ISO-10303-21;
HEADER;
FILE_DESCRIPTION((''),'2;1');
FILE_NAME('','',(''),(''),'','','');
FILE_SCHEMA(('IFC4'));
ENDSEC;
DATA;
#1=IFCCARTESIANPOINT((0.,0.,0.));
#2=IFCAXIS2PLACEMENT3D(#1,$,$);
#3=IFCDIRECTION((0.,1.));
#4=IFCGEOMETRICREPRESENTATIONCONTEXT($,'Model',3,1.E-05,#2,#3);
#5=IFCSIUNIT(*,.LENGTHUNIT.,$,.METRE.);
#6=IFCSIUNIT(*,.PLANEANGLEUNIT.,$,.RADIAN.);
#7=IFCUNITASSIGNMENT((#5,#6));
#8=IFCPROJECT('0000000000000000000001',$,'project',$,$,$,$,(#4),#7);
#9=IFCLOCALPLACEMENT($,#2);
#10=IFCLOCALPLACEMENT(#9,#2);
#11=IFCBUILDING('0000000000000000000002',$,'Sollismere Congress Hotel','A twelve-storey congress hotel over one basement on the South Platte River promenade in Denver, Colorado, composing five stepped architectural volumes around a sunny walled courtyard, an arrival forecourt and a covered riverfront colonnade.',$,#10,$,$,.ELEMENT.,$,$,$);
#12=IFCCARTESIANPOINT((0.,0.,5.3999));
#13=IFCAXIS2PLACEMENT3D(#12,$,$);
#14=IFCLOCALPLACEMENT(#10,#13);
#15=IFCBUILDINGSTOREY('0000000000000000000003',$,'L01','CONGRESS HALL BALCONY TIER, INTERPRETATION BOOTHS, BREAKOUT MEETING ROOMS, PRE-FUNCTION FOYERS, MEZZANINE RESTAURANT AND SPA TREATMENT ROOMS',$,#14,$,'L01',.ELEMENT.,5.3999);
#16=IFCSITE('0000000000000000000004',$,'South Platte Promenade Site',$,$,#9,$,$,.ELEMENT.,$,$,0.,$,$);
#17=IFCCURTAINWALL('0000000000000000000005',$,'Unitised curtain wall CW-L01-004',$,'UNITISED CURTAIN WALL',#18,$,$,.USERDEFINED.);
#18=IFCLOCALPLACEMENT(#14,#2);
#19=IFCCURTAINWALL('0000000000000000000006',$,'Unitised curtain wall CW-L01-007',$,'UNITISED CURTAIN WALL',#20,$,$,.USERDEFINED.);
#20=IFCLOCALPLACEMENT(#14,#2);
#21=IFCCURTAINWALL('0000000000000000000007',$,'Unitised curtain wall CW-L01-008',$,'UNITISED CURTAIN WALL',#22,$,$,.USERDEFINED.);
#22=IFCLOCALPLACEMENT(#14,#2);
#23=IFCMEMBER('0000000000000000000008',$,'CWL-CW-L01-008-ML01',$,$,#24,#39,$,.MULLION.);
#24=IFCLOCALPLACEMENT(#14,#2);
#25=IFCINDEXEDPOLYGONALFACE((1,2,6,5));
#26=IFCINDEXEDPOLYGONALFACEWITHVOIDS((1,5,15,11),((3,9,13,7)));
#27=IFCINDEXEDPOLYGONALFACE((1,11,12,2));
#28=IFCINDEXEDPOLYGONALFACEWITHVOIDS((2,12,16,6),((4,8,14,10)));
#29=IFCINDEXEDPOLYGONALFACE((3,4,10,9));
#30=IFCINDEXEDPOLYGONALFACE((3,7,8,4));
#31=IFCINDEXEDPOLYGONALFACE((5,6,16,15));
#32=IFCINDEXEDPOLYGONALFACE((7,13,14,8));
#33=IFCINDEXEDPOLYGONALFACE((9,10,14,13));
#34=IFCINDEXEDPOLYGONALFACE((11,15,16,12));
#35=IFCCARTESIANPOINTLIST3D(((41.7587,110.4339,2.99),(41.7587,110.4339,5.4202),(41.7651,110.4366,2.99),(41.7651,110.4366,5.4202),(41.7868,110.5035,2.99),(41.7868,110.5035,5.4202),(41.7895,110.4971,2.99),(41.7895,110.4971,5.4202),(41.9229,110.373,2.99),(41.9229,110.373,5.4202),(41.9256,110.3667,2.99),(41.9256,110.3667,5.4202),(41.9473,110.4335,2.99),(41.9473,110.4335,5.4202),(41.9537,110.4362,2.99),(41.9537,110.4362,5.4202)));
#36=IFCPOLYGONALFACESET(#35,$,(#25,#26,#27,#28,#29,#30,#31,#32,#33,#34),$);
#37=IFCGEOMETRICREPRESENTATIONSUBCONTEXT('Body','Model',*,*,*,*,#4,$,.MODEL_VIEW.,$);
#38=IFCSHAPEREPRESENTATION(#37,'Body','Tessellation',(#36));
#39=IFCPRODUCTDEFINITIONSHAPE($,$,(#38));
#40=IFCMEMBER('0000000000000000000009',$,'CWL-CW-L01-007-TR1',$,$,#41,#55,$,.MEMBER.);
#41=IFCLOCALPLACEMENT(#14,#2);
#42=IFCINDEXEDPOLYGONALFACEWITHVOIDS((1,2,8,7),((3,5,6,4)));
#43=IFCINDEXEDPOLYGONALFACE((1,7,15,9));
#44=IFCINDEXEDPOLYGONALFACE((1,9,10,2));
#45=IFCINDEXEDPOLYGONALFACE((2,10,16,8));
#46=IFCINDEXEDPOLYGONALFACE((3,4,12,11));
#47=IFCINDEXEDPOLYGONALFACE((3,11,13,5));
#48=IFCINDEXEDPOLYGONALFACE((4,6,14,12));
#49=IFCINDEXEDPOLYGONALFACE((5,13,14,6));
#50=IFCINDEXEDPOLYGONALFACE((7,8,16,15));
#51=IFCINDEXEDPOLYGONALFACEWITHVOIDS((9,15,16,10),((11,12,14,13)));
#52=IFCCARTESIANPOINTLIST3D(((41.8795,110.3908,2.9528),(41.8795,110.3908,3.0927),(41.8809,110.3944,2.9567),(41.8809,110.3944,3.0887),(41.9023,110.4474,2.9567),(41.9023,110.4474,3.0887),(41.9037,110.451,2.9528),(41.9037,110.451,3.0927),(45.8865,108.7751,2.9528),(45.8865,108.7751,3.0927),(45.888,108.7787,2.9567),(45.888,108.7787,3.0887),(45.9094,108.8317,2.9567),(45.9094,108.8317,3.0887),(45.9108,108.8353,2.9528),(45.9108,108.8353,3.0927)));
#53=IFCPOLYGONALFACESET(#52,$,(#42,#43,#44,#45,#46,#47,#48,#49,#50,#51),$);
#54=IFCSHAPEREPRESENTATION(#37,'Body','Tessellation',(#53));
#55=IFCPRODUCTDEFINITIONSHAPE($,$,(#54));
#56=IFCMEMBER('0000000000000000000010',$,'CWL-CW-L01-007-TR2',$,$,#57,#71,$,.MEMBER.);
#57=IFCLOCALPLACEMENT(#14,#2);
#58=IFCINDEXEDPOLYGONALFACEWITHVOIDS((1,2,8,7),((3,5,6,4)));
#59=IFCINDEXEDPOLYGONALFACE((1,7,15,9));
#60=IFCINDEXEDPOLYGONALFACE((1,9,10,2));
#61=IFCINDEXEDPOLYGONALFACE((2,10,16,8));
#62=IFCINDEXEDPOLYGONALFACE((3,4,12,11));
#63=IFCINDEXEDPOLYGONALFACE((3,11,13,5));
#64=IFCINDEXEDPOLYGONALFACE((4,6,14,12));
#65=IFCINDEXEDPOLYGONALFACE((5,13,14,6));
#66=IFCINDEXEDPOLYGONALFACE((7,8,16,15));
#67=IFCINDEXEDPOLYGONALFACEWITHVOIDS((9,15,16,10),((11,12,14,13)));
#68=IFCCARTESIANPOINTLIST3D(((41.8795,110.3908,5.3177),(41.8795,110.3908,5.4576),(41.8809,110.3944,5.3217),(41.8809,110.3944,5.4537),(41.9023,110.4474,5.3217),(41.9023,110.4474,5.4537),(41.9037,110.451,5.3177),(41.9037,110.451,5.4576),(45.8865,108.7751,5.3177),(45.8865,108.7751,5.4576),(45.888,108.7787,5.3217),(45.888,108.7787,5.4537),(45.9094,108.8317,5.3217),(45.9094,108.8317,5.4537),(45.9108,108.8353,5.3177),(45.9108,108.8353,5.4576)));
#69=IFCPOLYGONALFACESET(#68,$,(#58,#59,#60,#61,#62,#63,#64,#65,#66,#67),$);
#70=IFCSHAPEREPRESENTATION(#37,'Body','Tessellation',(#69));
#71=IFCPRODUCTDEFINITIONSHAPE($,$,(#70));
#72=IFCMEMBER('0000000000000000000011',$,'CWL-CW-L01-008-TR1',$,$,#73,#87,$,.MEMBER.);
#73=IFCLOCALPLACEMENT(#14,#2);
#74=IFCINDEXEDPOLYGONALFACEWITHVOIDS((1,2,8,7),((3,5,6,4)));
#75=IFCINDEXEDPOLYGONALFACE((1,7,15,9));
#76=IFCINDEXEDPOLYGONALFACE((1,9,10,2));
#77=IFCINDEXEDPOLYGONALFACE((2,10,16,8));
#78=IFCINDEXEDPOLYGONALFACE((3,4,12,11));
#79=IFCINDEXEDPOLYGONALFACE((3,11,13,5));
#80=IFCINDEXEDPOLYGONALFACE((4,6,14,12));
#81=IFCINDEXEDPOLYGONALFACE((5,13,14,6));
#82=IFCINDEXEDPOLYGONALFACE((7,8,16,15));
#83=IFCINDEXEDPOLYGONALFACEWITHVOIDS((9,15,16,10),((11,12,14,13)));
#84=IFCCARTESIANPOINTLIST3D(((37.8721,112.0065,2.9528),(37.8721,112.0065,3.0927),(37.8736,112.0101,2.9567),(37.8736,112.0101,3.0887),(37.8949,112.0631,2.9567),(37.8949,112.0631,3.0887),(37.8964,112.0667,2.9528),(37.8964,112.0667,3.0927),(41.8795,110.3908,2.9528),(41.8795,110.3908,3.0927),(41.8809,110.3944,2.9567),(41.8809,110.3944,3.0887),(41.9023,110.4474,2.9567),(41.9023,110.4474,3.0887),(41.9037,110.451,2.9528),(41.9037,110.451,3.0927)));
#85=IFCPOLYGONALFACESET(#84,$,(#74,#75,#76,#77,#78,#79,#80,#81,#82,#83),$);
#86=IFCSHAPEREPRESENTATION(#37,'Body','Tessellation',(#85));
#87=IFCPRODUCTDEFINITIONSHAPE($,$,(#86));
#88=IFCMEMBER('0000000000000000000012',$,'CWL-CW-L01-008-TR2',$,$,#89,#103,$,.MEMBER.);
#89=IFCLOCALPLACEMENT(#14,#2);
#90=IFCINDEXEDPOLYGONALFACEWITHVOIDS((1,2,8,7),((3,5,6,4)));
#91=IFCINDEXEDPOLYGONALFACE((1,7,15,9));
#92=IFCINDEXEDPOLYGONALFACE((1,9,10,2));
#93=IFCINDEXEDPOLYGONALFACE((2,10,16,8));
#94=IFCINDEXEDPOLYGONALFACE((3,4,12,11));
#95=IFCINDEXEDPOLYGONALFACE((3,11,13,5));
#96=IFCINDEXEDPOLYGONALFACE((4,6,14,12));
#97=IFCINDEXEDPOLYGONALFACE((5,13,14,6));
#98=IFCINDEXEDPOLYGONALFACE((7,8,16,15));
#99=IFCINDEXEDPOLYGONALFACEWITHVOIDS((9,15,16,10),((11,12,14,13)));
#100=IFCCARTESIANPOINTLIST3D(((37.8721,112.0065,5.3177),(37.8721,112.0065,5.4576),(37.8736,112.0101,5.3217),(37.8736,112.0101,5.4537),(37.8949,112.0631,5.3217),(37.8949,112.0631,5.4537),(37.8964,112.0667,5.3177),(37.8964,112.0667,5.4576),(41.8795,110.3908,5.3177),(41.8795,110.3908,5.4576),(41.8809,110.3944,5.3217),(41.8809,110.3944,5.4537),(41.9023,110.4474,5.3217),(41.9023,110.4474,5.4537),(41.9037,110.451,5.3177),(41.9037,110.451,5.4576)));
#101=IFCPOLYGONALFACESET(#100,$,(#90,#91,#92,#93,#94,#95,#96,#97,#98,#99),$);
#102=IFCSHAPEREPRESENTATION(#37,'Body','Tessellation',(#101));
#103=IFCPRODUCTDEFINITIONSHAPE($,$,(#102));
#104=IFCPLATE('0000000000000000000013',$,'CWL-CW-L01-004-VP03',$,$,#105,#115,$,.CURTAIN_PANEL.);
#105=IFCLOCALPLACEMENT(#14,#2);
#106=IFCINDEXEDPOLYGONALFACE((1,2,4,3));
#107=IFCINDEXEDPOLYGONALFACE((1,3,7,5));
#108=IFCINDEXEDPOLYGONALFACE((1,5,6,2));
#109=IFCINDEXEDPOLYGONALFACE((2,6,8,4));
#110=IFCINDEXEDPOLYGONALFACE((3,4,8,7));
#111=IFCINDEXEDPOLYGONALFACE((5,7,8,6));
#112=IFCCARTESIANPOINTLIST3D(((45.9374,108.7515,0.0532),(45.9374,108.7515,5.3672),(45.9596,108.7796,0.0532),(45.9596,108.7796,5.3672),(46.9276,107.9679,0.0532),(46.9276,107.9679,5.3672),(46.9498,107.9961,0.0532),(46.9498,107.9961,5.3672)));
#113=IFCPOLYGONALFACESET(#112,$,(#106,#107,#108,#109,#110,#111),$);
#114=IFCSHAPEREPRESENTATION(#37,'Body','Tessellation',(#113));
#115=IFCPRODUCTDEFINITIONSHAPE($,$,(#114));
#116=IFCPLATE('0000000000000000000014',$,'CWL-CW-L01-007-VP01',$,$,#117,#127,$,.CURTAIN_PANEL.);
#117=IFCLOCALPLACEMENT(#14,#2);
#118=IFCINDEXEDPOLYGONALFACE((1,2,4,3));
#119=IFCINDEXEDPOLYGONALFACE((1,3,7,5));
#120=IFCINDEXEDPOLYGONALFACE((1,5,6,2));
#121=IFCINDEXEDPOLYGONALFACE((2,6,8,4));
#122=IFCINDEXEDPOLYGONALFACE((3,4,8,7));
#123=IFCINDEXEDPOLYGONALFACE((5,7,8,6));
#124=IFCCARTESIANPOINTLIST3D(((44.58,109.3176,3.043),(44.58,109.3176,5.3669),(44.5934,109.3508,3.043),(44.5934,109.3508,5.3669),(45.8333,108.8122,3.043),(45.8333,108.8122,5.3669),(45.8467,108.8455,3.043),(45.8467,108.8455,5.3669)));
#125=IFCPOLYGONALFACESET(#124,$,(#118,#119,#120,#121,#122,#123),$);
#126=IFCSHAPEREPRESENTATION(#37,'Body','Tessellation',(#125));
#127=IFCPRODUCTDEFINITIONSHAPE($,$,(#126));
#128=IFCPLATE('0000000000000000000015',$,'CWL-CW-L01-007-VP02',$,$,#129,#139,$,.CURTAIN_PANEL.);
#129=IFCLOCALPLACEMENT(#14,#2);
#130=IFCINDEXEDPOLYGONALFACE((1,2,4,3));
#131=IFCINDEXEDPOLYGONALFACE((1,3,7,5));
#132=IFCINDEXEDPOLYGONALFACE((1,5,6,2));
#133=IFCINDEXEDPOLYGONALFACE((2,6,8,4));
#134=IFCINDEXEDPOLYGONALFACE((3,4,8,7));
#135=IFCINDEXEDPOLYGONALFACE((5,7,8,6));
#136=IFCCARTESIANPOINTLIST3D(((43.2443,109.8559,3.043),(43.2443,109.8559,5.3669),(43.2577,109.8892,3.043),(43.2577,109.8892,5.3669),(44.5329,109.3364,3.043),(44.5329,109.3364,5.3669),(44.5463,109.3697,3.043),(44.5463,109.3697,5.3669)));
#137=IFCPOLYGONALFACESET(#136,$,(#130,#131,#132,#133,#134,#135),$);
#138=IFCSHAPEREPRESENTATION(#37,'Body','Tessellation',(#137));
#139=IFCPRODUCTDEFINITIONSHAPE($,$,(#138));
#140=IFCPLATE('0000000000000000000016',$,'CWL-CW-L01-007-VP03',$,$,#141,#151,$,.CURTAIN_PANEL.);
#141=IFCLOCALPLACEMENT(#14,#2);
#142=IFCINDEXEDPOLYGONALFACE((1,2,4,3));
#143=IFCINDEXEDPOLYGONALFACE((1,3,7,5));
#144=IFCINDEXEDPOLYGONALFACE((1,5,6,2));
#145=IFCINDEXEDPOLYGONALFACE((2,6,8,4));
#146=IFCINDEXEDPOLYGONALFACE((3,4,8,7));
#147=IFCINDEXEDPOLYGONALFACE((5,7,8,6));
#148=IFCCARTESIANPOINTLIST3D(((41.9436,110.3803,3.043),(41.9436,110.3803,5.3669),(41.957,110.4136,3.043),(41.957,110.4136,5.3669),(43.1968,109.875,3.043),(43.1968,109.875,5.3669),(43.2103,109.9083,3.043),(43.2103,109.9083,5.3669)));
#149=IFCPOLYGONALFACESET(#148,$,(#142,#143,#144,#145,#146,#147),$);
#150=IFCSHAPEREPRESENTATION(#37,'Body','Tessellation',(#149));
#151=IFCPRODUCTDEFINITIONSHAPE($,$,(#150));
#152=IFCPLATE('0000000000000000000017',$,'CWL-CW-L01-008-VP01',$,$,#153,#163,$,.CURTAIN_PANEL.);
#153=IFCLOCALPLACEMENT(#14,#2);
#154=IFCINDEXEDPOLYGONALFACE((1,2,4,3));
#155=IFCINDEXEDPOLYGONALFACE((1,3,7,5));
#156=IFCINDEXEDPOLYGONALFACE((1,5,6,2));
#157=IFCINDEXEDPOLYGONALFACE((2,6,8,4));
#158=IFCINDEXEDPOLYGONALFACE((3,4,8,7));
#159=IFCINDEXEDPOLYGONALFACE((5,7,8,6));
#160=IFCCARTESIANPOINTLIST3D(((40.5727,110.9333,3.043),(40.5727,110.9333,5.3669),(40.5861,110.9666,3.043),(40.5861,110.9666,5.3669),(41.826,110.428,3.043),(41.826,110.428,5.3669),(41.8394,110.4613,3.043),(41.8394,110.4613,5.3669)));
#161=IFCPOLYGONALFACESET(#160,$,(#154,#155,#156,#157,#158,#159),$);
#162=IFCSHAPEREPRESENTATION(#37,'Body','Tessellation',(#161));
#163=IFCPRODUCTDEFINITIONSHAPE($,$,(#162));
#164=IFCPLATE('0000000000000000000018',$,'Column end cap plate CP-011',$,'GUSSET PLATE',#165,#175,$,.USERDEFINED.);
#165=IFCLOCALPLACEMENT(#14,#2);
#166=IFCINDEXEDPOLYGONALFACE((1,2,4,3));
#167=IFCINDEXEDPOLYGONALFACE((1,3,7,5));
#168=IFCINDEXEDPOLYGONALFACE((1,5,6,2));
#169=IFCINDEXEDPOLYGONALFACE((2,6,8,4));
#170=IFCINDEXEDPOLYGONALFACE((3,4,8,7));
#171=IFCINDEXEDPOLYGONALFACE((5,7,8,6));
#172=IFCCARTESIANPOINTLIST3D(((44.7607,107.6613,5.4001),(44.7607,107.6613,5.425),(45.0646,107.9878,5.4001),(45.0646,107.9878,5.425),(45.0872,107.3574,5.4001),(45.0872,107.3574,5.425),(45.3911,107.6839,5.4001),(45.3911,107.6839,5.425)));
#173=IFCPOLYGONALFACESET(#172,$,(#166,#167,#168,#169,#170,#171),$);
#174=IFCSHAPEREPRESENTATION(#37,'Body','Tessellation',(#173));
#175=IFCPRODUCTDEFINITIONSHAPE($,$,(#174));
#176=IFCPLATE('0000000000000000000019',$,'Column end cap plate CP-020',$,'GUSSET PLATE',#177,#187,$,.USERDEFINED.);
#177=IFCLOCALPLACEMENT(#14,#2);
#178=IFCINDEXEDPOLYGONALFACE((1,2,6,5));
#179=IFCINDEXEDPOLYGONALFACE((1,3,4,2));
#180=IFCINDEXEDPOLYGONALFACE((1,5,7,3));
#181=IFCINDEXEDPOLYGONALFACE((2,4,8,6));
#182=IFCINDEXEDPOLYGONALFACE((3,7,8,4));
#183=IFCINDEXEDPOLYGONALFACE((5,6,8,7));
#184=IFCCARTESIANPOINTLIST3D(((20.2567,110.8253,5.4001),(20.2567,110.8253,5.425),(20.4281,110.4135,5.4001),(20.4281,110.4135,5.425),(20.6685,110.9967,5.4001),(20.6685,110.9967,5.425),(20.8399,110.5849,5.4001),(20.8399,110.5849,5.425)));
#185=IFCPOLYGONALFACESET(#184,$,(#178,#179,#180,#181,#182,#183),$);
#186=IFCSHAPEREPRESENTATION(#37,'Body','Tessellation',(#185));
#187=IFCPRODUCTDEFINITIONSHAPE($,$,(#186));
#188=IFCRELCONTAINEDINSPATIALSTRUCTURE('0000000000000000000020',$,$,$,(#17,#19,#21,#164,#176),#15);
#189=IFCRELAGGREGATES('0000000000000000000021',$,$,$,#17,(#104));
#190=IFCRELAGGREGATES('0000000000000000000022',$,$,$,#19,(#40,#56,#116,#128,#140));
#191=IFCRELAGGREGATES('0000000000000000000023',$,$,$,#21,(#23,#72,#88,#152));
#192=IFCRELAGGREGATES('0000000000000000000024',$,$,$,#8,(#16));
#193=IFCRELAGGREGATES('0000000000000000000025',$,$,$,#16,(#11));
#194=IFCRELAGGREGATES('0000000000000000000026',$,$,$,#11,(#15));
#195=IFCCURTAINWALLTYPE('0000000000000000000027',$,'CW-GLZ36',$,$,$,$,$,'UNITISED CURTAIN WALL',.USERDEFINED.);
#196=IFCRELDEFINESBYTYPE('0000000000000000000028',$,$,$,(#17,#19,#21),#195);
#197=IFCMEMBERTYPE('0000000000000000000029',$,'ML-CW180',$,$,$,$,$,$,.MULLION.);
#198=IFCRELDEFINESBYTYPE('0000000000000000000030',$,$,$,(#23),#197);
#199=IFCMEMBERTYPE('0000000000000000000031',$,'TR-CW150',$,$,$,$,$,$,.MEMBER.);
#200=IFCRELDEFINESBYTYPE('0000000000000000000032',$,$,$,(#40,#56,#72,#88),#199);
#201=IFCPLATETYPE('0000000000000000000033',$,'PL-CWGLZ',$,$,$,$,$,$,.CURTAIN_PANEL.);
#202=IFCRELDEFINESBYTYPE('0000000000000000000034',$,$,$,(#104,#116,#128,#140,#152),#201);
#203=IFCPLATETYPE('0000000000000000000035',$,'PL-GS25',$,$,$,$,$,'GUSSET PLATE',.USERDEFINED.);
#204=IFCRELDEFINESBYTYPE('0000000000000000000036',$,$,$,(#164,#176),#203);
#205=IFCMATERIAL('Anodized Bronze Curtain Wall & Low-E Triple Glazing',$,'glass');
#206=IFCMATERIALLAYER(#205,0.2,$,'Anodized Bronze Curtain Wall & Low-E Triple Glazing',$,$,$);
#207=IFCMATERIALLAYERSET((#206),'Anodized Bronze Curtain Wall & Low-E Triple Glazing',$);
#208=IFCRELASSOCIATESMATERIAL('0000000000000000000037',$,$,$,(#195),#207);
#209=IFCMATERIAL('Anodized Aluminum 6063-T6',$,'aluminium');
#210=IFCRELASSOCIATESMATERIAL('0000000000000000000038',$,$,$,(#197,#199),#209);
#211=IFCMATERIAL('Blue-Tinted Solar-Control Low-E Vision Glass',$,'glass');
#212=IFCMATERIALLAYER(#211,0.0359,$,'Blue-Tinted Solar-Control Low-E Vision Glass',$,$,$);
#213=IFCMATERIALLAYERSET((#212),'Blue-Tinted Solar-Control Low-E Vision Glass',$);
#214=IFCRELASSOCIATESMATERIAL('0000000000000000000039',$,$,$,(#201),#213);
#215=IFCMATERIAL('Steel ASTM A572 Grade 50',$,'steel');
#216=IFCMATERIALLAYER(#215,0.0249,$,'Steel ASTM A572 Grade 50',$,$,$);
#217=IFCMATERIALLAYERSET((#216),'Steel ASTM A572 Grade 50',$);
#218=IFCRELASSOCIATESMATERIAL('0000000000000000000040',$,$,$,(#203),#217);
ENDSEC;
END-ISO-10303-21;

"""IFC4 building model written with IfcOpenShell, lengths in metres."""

from ifc_helpers import new_model, si_unit, direction, frame, origin, origin_2d, place, context, subcontext, project, spatial, rectangle, hollow_rectangle, extrude, material, layer, layer_set, material_profile, profile_set, type_object, element, aggregate, save


model = new_model("IFC4")

# Units and contexts
model_context = context("Model", 3, precision=1e-05, world=origin(), true_north=direction((0.0, 1.0)))
body_context = subcontext(model_context, "Body", "Model", "MODEL_VIEW")
ifc_project = project(units=[si_unit("LENGTHUNIT", "METRE"), si_unit("PLANEANGLEUNIT", "RADIAN")], contexts=[model_context])

# Site, building, storey
site_placement = place(None, origin())
site = spatial("IfcSite", under=ifc_project, at=site_placement, Name="South Platte Promenade Site", CompositionType="ELEMENT", RefElevation=0.0)
building_placement = place(site_placement, origin())
building = spatial("IfcBuilding", under=site, at=building_placement, Name="Sollismere Congress Hotel", Description="A twelve-storey congress hotel over one basement on the South Platte River promenade in Denver, Colorado, composing five stepped architectural volumes around a sunny walled courtyard, an arrival forecourt and a covered riverfront colonnade.", CompositionType="ELEMENT")
storey_placement = place(building_placement, frame((0.0, 0.0, 5.3999)))
storey = spatial("IfcBuildingStorey", under=building, at=storey_placement, Name="L01", Description="CONGRESS HALL BALCONY TIER, INTERPRETATION BOOTHS, BREAKOUT MEETING ROOMS, PRE-FUNCTION FOYERS, MEZZANINE RESTAURANT AND SPA TREATMENT ROOMS", LongName="L01", CompositionType="ELEMENT", Elevation=5.3999)

# Curtain walls
ifc_material_1 = material(Name="Anodized Bronze Curtain Wall & Low-E Triple Glazing", Category="glass")
ifc_layer_1 = layer(ifc_material_1, 0.2, Name="Anodized Bronze Curtain Wall & Low-E Triple Glazing")
ifc_layer_set_1 = layer_set([ifc_layer_1], Name="Anodized Bronze Curtain Wall & Low-E Triple Glazing")
curtain_wall_type = type_object("IfcCurtainWallType", Name="CW-GLZ36", ElementType="UNITISED CURTAIN WALL", PredefinedType="USERDEFINED", material=ifc_layer_set_1)
curtain_wall_1_placement = place(storey_placement, origin())
curtain_wall_1 = element("IfcCurtainWall", 1, at=curtain_wall_1_placement, inside=storey, type_object=curtain_wall_type, Name="Unitised curtain wall CW-L01-004", ObjectType="UNITISED CURTAIN WALL", PredefinedType="USERDEFINED")
ifc_material_2 = material(Name="Anodized Aluminum 6063-T6", Category="aluminium")
ifc_material_profile_1 = material_profile(ifc_material_2, hollow_rectangle(XDim=0.075, YDim=0.1799, WallThickness=0.0049, at=origin_2d()), Name="ALU180X75X5")
ifc_profile_set_1 = profile_set([ifc_material_profile_1], Name="Anodized Aluminum 6063-T6")
member_type_1 = type_object("IfcMemberType", Name="ML-CW180", PredefinedType="MULLION", material=ifc_profile_set_1)
curtain_wall_2_placement = place(storey_placement, origin())
curtain_wall_2 = element("IfcCurtainWall", 2, at=curtain_wall_2_placement, inside=storey, type_object=curtain_wall_type, Name="Unitised curtain wall CW-L01-007", ObjectType="UNITISED CURTAIN WALL", PredefinedType="USERDEFINED")

# Curtain wall, member
curtain_wall_3_placement = place(storey_placement, origin())
curtain_wall_3 = element("IfcCurtainWall", 3, at=curtain_wall_3_placement, inside=storey, type_object=curtain_wall_type, Name="Unitised curtain wall CW-L01-008", ObjectType="UNITISED CURTAIN WALL", PredefinedType="USERDEFINED")
member_1_placement = place(storey_placement, frame((41.8562, 110.4351, 2.99), z_axis=(0.0, 0.0, 1.0), x_axis=(-0.373943, -0.927452, 0.0)))
member_1 = element("IfcMember", 4, at=member_1_placement, type_object=member_type_1, Name="CWL-CW-L01-008-ML01", PredefinedType="MULLION", context=body_context, shape_type="SweptSolid", body=[
    extrude(hollow_rectangle(XDim=0.075, YDim=0.1799, WallThickness=0.0049, at=origin_2d()), origin(), (0.0, 0.0, 1.0), 2.4302),
])

# Members
ifc_material_profile_2 = material_profile(ifc_material_2, hollow_rectangle(XDim=0.0649, YDim=0.1399, WallThickness=0.0039, at=origin_2d()), Name="ALU140X65X4")
ifc_profile_set_2 = profile_set([ifc_material_profile_2], Name="Anodized Aluminum 6063-T6")
member_type_2 = type_object("IfcMemberType", Name="TR-CW150", PredefinedType="MEMBER", material=ifc_profile_set_2)
member_2_placement = place(storey_placement, frame((45.8987, 108.8052, 3.0227), z_axis=(-0.927444, 0.373961, 0.0), x_axis=(-0.373961, -0.927444, 0.0)))
member_2 = element("IfcMember", 5, at=member_2_placement, type_object=member_type_2, Name="CWL-CW-L01-007-TR1", PredefinedType="MEMBER", context=body_context, shape_type="SweptSolid", body=[
    extrude(hollow_rectangle(XDim=0.0649, YDim=0.1399, WallThickness=0.0039, at=origin_2d()), origin(), (0.0, 0.0, 1.0), 4.3206),
])
member_3_placement = place(storey_placement, frame((45.8987, 108.8052, 5.3877), z_axis=(-0.927444, 0.373961, 0.0), x_axis=(-0.373961, -0.927444, 0.0)))
member_3 = element("IfcMember", 6, at=member_3_placement, type_object=member_type_2, Name="CWL-CW-L01-007-TR2", PredefinedType="MEMBER", context=body_context, shape_type="SweptSolid", body=[
    extrude(hollow_rectangle(XDim=0.0649, YDim=0.1399, WallThickness=0.0039, at=origin_2d()), origin(), (0.0, 0.0, 1.0), 4.3206),
])
member_4_placement = place(storey_placement, frame((41.8916, 110.4209, 3.0227), z_axis=(-0.927452, 0.373942, 0.0), x_axis=(-0.373942, -0.927452, 0.0)))
member_4 = element("IfcMember", 7, at=member_4_placement, type_object=member_type_2, Name="CWL-CW-L01-008-TR1", PredefinedType="MEMBER", context=body_context, shape_type="SweptSolid", body=[
    extrude(hollow_rectangle(XDim=0.0649, YDim=0.1399, WallThickness=0.0039, at=origin_2d()), origin(), (0.0, 0.0, 1.0), 4.3208),
])
member_5_placement = place(storey_placement, frame((41.8916, 110.4209, 5.3877), z_axis=(-0.927452, 0.373942, 0.0), x_axis=(-0.373942, -0.927452, 0.0)))
member_5 = element("IfcMember", 8, at=member_5_placement, type_object=member_type_2, Name="CWL-CW-L01-008-TR2", PredefinedType="MEMBER", context=body_context, shape_type="SweptSolid", body=[
    extrude(hollow_rectangle(XDim=0.0649, YDim=0.1399, WallThickness=0.0039, at=origin_2d()), origin(), (0.0, 0.0, 1.0), 4.3208),
])

# Plates
ifc_material_3 = material(Name="Blue-Tinted Solar-Control Low-E Vision Glass", Category="glass")
ifc_layer_2 = layer(ifc_material_3, 0.0359, Name="Blue-Tinted Solar-Control Low-E Vision Glass")
ifc_layer_set_2 = layer_set([ifc_layer_2], Name="Blue-Tinted Solar-Control Low-E Vision Glass")
plate_type_1 = type_object("IfcPlateType", Name="PL-CWGLZ", PredefinedType="CURTAIN_PANEL", material=ifc_layer_set_2)
plate_1_placement = place(storey_placement, frame((46.4436, 108.3738, 0.0532), z_axis=(0.0, 0.0, 1.0), x_axis=(-0.784181, 0.620532, 0.0)))
plate_1 = element("IfcPlate", 9, at=plate_1_placement, type_object=plate_type_1, Name="CWL-CW-L01-004-VP03", PredefinedType="CURTAIN_PANEL", context=body_context, shape_type="SweptSolid", body=[
    extrude(rectangle(XDim=1.2627, YDim=0.0359, at=origin_2d()), origin(), (0.0, 0.0, 1.0), 5.314),
])
aggregate(curtain_wall_1, [plate_1])
plate_2_placement = place(storey_placement, frame((45.2134, 109.0815, 3.043), z_axis=(0.0, 0.0, 1.0), x_axis=(-0.927452, 0.373943, 0.0)))
plate_2 = element("IfcPlate", 10, at=plate_2_placement, type_object=plate_type_1, Name="CWL-CW-L01-007-VP01", PredefinedType="CURTAIN_PANEL", context=body_context, shape_type="SweptSolid", body=[
    extrude(rectangle(XDim=1.3513, YDim=0.0359, at=origin_2d()), origin(), (0.0, 0.0, 1.0), 2.324),
])
plate_3_placement = place(storey_placement, frame((43.8953, 109.6128, 3.043), z_axis=(0.0, 0.0, 1.0), x_axis=(-0.927452, 0.373943, 0.0)))
plate_3 = element("IfcPlate", 11, at=plate_3_placement, type_object=plate_type_1, Name="CWL-CW-L01-007-VP02", PredefinedType="CURTAIN_PANEL", context=body_context, shape_type="SweptSolid", body=[
    extrude(rectangle(XDim=1.3894, YDim=0.0359, at=origin_2d()), origin(), (0.0, 0.0, 1.0), 2.324),
])
plate_4_placement = place(storey_placement, frame((42.5769, 110.1443, 3.043), z_axis=(0.0, 0.0, 1.0), x_axis=(-0.927452, 0.373943, 0.0)))
plate_4 = element("IfcPlate", 12, at=plate_4_placement, type_object=plate_type_1, Name="CWL-CW-L01-007-VP03", PredefinedType="CURTAIN_PANEL", context=body_context, shape_type="SweptSolid", body=[
    extrude(rectangle(XDim=1.3513, YDim=0.0359, at=origin_2d()), origin(), (0.0, 0.0, 1.0), 2.324),
])
aggregate(curtain_wall_2, [member_2, member_3, plate_2, plate_3, plate_4])
plate_5_placement = place(storey_placement, frame((41.2061, 110.6973, 3.043), z_axis=(0.0, 0.0, 1.0), x_axis=(-0.927452, 0.373943, 0.0)))
plate_5 = element("IfcPlate", 13, at=plate_5_placement, type_object=plate_type_1, Name="CWL-CW-L01-008-VP01", PredefinedType="CURTAIN_PANEL", context=body_context, shape_type="SweptSolid", body=[
    extrude(rectangle(XDim=1.3513, YDim=0.0359, at=origin_2d()), origin(), (0.0, 0.0, 1.0), 2.324),
])
aggregate(curtain_wall_3, [member_1, member_4, member_5, plate_5])

# Plates
ifc_material_4 = material(Name="Steel ASTM A572 Grade 50", Category="steel")
ifc_layer_3 = layer(ifc_material_4, 0.0249, Name="Steel ASTM A572 Grade 50")
ifc_layer_set_3 = layer_set([ifc_layer_3], Name="Steel ASTM A572 Grade 50")
plate_type_2 = type_object("IfcPlateType", Name="PL-GS25", ElementType="GUSSET PLATE", PredefinedType="USERDEFINED", material=ifc_layer_set_3)
for number, where, z_axis, x_axis, name in (
    (14, (45.0759, 107.6726, 5.4001), (0.0, 0.0, 1.0), (0.68136, 0.731949, 0.0), "Column end cap plate CP-011"),
    (15, (20.5483, 110.7051, 5.4001), (0.0, 0.0, 1.0), (-0.384295, 0.92321, 0.0), "Column end cap plate CP-020"),
):
    element("IfcPlate", number, at=place(storey_placement, frame(where, z_axis=z_axis, x_axis=x_axis)), inside=storey, type_object=plate_type_2, Name=name, ObjectType="GUSSET PLATE", PredefinedType="USERDEFINED", context=body_context, shape_type="SweptSolid", body=[
        extrude(rectangle(XDim=0.446, YDim=0.446, at=origin_2d()), origin(), (0.0, 0.0, 1.0), 0.0249),
    ])

save(model, "model.ifc")
